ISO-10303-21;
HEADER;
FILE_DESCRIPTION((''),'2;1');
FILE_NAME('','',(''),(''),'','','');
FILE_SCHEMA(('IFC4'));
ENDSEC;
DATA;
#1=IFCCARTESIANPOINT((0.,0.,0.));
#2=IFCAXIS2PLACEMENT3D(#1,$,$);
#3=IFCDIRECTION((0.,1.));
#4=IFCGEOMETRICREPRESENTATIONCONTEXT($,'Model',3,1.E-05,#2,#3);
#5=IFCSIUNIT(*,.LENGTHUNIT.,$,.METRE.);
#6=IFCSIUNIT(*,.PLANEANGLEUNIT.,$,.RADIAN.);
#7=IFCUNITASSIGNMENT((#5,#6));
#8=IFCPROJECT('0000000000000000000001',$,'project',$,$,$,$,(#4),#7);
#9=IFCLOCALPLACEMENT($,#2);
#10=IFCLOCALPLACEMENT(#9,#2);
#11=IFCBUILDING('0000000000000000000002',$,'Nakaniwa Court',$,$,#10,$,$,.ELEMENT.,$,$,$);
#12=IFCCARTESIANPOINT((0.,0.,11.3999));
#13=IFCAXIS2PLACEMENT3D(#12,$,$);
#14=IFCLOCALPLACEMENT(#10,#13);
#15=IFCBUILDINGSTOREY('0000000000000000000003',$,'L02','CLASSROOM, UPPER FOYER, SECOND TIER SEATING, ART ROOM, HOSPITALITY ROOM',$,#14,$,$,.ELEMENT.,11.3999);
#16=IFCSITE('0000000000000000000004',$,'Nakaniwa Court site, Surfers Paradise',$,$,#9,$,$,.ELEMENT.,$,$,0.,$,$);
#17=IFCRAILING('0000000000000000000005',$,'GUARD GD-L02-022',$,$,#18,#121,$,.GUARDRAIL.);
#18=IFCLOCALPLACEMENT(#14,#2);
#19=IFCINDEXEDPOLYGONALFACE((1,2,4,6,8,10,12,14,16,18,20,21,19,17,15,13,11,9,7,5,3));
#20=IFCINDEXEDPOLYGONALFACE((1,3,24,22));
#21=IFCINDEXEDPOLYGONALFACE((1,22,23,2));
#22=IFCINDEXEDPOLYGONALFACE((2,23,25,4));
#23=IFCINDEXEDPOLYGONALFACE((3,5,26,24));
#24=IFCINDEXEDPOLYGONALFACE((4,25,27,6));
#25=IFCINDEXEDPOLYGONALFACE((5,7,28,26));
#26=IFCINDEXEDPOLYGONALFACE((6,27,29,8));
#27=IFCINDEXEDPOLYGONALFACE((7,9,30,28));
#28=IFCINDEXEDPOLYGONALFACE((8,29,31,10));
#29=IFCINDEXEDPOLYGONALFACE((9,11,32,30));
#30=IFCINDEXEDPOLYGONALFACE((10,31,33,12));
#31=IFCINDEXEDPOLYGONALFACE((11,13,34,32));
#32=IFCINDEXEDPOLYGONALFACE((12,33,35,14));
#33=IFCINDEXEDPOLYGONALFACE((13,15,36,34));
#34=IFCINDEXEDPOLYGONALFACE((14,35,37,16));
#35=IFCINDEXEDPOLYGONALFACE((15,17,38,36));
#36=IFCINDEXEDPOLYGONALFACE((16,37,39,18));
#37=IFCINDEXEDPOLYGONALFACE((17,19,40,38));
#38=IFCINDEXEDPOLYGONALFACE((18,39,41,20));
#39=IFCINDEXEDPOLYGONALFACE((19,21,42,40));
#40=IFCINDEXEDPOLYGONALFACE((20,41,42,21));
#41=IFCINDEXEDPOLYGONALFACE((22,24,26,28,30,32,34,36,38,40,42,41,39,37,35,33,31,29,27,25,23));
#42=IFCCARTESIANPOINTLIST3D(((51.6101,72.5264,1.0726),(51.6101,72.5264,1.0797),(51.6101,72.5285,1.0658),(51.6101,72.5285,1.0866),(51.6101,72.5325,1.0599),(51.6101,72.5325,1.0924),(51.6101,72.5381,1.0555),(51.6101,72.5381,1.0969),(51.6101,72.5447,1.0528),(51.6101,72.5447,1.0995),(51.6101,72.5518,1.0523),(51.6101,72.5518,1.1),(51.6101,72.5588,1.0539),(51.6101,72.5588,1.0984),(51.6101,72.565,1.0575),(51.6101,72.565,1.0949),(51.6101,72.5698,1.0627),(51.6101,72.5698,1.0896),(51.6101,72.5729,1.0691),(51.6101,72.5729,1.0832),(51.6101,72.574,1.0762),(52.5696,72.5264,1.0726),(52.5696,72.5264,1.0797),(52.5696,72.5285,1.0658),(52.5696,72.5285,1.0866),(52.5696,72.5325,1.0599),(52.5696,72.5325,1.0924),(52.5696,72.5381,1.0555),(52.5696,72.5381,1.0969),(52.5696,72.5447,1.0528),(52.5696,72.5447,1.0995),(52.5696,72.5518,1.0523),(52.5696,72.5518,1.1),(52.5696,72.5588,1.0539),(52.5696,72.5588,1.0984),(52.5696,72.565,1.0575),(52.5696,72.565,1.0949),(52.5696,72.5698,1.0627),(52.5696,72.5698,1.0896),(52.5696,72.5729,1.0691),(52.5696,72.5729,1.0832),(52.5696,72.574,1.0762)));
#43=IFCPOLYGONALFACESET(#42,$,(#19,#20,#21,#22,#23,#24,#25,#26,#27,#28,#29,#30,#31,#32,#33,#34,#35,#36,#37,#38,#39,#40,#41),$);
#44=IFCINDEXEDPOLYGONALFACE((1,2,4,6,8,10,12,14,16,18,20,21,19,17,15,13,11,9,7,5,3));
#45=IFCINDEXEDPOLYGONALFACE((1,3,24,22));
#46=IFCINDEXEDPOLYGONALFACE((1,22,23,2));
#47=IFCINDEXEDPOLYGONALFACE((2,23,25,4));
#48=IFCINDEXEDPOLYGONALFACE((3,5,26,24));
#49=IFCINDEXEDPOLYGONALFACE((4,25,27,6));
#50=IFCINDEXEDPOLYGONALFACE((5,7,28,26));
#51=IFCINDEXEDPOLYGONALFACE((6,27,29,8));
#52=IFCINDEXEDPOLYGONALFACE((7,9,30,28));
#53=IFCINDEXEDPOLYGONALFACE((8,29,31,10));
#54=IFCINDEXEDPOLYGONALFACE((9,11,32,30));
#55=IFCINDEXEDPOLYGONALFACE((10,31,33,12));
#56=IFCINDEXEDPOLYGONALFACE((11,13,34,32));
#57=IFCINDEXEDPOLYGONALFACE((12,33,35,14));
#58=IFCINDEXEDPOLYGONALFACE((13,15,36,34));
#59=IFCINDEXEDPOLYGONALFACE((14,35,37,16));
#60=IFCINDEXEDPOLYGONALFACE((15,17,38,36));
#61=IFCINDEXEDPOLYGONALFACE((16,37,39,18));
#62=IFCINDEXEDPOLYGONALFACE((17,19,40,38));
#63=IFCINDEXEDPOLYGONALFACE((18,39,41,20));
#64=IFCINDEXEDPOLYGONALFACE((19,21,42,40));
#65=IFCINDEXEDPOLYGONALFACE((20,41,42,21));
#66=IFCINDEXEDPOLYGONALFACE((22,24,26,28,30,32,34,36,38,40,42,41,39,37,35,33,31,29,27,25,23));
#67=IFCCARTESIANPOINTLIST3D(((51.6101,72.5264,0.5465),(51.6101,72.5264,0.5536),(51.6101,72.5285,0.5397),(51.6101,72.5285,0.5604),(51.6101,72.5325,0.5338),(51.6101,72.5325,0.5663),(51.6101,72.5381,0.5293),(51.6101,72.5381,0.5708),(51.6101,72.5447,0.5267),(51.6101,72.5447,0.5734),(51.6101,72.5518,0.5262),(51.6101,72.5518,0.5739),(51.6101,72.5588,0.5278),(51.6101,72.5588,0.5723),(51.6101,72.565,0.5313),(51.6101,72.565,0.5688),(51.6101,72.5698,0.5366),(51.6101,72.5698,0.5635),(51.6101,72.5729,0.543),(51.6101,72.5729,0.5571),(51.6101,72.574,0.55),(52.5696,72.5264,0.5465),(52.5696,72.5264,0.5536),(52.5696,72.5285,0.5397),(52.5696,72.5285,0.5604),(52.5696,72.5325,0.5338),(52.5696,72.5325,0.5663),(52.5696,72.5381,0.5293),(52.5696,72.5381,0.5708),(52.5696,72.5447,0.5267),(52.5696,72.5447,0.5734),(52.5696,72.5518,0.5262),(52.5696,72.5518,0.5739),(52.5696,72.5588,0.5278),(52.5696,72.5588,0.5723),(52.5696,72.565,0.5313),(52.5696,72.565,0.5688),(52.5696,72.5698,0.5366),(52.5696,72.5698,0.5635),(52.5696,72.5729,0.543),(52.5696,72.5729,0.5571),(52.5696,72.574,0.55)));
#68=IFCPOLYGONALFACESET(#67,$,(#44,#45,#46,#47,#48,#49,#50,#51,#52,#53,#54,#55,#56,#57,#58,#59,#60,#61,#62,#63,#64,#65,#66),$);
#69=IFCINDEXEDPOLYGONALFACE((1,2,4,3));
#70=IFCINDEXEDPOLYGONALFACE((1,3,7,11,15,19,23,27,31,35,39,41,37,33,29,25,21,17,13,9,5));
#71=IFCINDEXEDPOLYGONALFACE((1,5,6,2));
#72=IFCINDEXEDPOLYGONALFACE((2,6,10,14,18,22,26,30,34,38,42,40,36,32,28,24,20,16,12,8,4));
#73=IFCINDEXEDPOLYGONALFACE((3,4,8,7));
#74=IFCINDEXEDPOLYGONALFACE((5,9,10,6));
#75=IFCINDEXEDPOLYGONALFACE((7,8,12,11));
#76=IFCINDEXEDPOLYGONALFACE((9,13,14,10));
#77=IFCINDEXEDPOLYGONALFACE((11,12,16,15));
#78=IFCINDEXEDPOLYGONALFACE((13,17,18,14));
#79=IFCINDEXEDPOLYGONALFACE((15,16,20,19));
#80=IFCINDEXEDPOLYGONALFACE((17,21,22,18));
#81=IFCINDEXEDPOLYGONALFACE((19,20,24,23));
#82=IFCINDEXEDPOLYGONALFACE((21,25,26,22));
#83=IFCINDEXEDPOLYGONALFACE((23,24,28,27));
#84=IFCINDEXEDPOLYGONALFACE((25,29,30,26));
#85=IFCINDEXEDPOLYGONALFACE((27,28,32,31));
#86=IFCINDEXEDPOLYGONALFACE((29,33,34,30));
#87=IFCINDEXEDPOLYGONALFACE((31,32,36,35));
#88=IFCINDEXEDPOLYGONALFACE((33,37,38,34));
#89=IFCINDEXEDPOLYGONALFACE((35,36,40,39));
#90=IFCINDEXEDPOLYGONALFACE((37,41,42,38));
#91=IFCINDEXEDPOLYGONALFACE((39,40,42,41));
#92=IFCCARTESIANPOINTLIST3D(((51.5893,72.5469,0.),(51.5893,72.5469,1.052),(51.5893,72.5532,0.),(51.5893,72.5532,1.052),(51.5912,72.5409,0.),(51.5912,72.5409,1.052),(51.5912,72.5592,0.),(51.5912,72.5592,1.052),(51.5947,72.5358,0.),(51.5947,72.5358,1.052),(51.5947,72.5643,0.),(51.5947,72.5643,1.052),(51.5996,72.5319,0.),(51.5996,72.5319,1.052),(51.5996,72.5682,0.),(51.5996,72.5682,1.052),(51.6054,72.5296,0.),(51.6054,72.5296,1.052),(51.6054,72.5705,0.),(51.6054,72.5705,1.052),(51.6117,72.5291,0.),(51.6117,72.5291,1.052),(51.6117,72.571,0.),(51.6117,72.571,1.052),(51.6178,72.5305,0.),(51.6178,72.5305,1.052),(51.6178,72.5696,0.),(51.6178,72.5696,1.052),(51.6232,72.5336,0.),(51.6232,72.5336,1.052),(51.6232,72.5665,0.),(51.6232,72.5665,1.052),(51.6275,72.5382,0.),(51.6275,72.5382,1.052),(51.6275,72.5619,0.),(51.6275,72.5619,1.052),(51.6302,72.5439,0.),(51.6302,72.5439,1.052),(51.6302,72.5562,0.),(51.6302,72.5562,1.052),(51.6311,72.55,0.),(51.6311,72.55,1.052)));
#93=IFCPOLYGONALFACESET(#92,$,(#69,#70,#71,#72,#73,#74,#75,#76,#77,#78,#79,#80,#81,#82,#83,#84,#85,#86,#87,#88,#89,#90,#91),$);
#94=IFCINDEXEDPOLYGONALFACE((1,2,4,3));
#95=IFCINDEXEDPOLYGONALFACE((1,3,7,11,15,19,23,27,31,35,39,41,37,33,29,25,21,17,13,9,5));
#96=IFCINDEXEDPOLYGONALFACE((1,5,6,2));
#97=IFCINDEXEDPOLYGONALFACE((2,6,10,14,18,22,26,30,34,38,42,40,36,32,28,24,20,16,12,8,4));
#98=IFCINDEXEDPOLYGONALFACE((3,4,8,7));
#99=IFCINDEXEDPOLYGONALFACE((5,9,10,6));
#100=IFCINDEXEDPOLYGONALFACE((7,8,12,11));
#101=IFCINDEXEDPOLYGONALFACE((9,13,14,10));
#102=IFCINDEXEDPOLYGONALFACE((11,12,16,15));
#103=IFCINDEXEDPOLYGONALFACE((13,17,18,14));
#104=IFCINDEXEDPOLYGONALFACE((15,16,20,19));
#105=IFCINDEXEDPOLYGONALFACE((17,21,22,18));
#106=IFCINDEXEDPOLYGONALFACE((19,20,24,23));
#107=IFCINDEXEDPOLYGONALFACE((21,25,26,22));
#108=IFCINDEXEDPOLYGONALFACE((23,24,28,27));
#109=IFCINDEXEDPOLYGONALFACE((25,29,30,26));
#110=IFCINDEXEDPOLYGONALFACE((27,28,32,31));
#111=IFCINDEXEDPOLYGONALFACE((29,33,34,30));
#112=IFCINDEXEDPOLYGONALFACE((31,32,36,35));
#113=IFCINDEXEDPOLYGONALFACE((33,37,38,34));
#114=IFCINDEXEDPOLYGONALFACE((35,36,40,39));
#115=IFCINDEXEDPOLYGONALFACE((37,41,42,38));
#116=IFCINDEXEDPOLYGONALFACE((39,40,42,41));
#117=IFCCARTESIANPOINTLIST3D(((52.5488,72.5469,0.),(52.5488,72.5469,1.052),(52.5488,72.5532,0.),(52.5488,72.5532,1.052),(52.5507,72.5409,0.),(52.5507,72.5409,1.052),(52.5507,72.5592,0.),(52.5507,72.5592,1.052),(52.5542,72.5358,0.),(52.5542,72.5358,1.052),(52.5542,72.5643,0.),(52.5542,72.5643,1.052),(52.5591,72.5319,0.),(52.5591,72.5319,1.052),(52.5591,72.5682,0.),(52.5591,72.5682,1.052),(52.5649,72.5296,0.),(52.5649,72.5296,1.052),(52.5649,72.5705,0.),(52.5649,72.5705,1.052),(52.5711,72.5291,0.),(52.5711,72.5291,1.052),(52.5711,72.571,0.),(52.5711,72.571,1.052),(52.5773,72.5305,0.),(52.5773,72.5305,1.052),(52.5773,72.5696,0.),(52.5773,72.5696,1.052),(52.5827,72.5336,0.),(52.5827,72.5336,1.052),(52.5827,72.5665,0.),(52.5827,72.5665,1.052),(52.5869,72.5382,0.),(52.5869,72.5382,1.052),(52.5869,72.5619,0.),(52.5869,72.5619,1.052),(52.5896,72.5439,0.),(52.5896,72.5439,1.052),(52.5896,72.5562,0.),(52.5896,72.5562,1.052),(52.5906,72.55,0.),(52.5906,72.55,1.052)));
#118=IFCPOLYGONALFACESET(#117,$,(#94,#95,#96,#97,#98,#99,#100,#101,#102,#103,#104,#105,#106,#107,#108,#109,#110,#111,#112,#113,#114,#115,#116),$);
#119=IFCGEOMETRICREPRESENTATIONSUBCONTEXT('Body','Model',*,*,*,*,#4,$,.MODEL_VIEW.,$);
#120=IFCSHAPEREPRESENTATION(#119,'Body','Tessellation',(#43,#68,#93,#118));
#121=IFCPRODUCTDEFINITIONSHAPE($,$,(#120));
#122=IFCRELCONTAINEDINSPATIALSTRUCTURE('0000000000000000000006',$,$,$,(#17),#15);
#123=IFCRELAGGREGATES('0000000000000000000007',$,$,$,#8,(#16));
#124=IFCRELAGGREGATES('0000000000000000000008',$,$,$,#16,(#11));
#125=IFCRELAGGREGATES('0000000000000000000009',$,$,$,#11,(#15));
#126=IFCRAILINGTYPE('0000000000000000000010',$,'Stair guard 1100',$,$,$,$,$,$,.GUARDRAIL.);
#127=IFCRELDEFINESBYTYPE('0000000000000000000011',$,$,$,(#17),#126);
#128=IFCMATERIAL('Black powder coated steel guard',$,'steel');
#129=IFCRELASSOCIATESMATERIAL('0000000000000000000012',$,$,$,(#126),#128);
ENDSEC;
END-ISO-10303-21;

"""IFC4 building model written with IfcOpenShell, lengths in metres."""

from ifc_helpers import new_model, si_unit, direction, frame, origin, origin_2d, place, context, subcontext, project, spatial, circle, extrude, material, type_object, element, save


model = new_model("IFC4")

# Units and contexts
model_context = context("Model", 3, precision=1e-05, world=origin(), true_north=direction((0.0, 1.0)))
body_context = subcontext(model_context, "Body", "Model", "MODEL_VIEW")
ifc_project = project(units=[si_unit("LENGTHUNIT", "METRE"), si_unit("PLANEANGLEUNIT", "RADIAN")], contexts=[model_context])

# Site, building, storey
site_placement = place(None, origin())
site = spatial("IfcSite", under=ifc_project, at=site_placement, Name="Nakaniwa Court site, Surfers Paradise", CompositionType="ELEMENT", RefElevation=0.0)
building_placement = place(site_placement, origin())
building = spatial("IfcBuilding", under=site, at=building_placement, Name="Nakaniwa Court", CompositionType="ELEMENT")
storey_placement = place(building_placement, frame((0.0, 0.0, 11.3999)))
storey = spatial("IfcBuildingStorey", under=building, at=storey_placement, Name="L02", Description="CLASSROOM, UPPER FOYER, SECOND TIER SEATING, ART ROOM, HOSPITALITY ROOM", CompositionType="ELEMENT", Elevation=11.3999)

# Railing
ifc_material_1 = material(Name="Black powder coated steel guard", Category="steel")
railing_type_1 = type_object("IfcRailingType", Name="Stair guard 1100", PredefinedType="GUARDRAIL", material=ifc_material_1)
railing_1_placement = place(storey_placement, frame((51.6101, 72.55, 0.0)))
element("IfcRailing", 1, at=railing_1_placement, inside=storey, type_object=railing_type_1, Name="GUARD GD-L02-022", PredefinedType="GUARDRAIL", context=body_context, shape_type="SweptSolid", body=[
    extrude(circle(Radius=0.0239, at=origin_2d()), frame((0.0, 0.0, 1.0762), z_axis=(1.0, 0.0, 0.0), x_axis=(0.0, 1.0, 0.0)), (0.0, 0.0, 1.0), 0.9595),
    extrude(circle(Radius=0.0239, at=origin_2d()), frame((0.0, 0.0, 0.55), z_axis=(1.0, 0.0, 0.0), x_axis=(0.0, 1.0, 0.0)), (0.0, 0.0, 1.0), 0.9595),
    extrude(circle(Radius=0.021, at=origin_2d()), origin(), (0.0, 0.0, 1.0), 1.052),
    extrude(circle(Radius=0.021, at=origin_2d()), frame((0.9595, 0.0, 0.0)), (0.0, 0.0, 1.0), 1.052),
])

save(model, "model.ifc")
